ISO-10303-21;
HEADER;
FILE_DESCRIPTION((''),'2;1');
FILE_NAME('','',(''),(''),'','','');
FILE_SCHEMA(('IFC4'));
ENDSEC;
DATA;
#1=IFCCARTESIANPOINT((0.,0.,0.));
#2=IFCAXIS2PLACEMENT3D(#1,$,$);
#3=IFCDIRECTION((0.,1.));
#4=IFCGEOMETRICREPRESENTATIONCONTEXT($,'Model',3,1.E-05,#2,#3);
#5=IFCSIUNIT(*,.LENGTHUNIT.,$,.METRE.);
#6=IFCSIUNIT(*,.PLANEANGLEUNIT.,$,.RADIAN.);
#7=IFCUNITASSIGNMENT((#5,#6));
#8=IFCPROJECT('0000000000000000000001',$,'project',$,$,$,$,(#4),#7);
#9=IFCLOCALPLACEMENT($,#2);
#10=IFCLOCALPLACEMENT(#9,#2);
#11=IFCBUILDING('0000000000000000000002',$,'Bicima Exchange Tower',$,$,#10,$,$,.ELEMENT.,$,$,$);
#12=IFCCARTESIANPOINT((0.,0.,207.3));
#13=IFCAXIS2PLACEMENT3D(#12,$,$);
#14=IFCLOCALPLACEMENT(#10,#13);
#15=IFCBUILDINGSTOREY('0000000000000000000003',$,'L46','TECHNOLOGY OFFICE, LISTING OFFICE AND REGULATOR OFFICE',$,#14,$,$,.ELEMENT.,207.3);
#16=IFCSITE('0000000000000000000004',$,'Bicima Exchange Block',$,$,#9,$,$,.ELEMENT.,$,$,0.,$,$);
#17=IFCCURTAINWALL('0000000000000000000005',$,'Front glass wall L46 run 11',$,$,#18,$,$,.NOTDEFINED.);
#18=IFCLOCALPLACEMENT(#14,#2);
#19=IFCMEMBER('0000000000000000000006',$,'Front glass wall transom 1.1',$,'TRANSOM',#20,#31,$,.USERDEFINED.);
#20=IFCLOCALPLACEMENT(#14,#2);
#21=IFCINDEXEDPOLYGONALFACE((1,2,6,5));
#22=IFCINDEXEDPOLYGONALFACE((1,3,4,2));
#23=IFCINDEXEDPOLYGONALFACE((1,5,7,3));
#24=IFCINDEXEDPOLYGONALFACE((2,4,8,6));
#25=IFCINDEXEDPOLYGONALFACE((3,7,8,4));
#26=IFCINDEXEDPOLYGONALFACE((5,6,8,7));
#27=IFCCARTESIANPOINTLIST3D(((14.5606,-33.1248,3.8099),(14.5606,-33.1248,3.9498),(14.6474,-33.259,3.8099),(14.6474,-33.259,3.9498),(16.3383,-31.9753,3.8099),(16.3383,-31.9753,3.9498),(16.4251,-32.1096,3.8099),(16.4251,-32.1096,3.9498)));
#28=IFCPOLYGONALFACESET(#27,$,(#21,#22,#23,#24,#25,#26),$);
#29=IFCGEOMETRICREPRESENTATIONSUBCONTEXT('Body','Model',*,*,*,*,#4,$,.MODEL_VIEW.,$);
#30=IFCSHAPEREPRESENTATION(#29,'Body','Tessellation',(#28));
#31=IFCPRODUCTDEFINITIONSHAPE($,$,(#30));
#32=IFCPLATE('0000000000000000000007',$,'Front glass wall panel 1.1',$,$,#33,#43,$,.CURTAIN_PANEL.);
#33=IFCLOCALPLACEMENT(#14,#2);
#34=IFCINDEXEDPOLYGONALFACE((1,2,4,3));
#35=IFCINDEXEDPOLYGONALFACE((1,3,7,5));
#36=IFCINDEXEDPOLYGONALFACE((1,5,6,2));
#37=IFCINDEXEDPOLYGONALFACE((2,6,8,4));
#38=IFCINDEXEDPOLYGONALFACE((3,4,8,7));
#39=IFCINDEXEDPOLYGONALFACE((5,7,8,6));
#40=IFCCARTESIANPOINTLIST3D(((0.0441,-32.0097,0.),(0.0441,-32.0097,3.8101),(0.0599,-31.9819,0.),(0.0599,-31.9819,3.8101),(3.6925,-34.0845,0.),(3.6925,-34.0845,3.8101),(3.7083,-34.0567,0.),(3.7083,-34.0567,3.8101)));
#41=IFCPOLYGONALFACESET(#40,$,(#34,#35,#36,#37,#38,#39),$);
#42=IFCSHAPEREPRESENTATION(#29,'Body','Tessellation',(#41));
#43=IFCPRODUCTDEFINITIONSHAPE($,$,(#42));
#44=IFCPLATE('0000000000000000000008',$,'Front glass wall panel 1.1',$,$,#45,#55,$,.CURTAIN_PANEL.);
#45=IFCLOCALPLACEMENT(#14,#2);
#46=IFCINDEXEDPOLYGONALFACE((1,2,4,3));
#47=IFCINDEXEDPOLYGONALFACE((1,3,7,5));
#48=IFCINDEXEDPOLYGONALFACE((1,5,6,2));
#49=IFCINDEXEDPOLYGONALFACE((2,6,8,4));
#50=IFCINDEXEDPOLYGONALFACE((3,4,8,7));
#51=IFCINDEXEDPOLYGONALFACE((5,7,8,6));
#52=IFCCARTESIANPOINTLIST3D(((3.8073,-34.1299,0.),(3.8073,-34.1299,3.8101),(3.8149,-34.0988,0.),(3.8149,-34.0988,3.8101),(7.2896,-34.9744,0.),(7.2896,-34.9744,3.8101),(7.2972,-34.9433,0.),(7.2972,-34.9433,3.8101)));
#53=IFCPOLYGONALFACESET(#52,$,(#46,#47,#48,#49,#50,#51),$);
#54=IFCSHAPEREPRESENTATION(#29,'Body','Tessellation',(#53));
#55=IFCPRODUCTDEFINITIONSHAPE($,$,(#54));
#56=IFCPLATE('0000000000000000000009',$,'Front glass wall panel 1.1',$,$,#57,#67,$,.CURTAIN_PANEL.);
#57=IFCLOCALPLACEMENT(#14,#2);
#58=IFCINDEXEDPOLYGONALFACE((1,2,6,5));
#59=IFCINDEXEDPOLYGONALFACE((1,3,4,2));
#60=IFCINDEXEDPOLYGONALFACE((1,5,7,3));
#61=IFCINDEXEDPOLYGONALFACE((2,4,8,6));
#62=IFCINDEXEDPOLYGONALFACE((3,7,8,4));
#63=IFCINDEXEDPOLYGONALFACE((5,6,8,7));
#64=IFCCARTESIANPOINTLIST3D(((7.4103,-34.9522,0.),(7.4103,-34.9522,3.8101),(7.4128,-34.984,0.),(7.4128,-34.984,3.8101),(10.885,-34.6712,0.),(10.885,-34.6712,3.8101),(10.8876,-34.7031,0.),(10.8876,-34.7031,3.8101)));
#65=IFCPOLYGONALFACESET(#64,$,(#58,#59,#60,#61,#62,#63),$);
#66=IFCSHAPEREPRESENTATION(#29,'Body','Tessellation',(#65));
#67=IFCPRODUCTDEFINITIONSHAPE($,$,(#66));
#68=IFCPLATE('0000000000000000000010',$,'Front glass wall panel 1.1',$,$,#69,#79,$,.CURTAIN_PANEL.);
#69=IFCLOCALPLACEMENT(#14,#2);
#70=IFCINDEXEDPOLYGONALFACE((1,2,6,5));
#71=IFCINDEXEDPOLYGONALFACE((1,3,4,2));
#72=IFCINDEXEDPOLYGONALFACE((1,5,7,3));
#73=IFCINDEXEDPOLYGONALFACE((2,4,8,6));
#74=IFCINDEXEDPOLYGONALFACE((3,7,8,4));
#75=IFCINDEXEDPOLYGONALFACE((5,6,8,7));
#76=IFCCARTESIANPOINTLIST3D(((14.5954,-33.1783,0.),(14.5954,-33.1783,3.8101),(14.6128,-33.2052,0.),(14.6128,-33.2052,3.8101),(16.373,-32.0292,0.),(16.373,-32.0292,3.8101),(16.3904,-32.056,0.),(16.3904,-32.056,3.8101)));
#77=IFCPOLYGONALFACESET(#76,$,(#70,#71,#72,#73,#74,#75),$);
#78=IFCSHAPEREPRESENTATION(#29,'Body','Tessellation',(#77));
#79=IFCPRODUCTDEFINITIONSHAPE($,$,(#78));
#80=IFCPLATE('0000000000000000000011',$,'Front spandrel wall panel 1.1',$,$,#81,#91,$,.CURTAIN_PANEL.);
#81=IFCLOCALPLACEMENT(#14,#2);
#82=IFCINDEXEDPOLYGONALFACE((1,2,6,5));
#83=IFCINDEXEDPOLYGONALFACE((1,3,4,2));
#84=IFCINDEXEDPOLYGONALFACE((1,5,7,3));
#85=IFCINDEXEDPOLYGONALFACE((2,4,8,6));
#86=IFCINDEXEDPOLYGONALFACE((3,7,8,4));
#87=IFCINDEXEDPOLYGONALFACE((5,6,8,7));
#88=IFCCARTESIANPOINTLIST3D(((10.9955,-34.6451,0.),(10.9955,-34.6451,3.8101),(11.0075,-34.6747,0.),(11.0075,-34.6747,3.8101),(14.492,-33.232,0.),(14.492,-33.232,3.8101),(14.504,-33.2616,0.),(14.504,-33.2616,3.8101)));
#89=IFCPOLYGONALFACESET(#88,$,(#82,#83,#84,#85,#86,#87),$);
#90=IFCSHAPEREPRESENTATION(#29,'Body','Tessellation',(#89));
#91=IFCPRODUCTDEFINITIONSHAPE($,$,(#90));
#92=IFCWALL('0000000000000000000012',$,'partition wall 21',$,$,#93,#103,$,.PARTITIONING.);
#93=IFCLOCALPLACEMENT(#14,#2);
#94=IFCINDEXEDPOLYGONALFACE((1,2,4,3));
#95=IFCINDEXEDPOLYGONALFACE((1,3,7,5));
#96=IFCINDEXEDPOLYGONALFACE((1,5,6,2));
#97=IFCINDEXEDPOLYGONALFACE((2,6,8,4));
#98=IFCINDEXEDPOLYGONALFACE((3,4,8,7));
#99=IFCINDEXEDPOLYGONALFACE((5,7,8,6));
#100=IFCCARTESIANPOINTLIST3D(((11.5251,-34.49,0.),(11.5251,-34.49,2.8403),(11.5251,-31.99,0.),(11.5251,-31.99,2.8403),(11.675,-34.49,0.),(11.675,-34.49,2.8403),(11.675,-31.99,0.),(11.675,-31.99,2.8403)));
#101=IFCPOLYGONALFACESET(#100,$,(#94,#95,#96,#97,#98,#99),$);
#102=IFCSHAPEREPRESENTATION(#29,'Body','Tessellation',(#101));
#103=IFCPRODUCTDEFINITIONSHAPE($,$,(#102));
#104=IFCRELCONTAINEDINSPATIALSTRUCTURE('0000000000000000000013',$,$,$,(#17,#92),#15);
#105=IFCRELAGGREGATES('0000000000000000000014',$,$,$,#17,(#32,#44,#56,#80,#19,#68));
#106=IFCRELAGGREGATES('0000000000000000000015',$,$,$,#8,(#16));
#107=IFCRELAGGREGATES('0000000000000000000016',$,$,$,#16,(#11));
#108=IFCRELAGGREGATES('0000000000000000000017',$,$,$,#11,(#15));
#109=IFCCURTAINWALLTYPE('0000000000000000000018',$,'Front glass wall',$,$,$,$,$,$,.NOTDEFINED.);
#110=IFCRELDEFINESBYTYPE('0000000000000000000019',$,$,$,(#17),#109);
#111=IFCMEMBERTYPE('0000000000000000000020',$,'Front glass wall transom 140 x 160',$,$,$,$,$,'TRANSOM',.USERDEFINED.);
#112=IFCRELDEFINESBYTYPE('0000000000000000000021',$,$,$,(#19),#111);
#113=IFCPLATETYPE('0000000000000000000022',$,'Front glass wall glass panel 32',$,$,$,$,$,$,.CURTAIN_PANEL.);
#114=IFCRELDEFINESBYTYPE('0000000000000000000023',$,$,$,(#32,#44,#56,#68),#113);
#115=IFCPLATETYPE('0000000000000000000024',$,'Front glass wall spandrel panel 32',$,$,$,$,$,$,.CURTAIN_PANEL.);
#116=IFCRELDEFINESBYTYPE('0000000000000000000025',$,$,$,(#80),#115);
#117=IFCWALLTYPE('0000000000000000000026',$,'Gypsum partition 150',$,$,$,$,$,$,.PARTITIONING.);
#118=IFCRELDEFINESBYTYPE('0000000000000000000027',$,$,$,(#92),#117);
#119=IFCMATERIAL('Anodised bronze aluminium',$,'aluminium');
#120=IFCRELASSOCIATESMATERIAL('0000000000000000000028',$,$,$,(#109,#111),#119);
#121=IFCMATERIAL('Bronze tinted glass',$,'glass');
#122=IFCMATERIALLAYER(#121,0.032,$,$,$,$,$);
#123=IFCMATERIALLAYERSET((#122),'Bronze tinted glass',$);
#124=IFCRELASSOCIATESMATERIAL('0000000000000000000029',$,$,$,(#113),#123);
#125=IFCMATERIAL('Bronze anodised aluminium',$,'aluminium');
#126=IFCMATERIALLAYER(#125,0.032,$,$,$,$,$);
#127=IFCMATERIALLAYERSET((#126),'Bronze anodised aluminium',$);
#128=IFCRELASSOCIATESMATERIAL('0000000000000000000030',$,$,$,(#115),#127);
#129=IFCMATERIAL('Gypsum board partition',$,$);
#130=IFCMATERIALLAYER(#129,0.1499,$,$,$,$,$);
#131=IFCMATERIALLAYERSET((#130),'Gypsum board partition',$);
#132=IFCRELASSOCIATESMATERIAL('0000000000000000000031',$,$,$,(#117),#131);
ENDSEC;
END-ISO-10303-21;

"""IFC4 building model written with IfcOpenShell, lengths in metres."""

from ifc_helpers import new_model, si_unit, direction, frame, frame_2d, origin, origin_2d, place, context, subcontext, project, spatial, rectangle, extrude, material, layer, layer_set, material_profile, profile_set, type_object, element, aggregate, save


model = new_model("IFC4")

# Units and contexts
model_context = context("Model", 3, precision=1e-05, world=origin(), true_north=direction((0.0, 1.0)))
body_context = subcontext(model_context, "Body", "Model", "MODEL_VIEW")
ifc_project = project(units=[si_unit("LENGTHUNIT", "METRE"), si_unit("PLANEANGLEUNIT", "RADIAN")], contexts=[model_context])

# Site, building, storey
site_placement = place(None, origin())
site = spatial("IfcSite", under=ifc_project, at=site_placement, Name="Bicima Exchange Block", CompositionType="ELEMENT", RefElevation=0.0)
building_placement = place(site_placement, origin())
building = spatial("IfcBuilding", under=site, at=building_placement, Name="Bicima Exchange Tower", CompositionType="ELEMENT")
storey_placement = place(building_placement, frame((0.0, 0.0, 207.3)))
storey = spatial("IfcBuildingStorey", under=building, at=storey_placement, Name="L46", Description="TECHNOLOGY OFFICE, LISTING OFFICE AND REGULATOR OFFICE", CompositionType="ELEMENT", Elevation=207.3)

# Curtain wall, member, plates
ifc_material_1 = material(Name="Anodised bronze aluminium", Category="aluminium")
curtain_wall_type = type_object("IfcCurtainWallType", Name="Front glass wall", PredefinedType="NOTDEFINED", material=ifc_material_1)
curtain_wall_placement = place(storey_placement, origin())
curtain_wall = element("IfcCurtainWall", 1, at=curtain_wall_placement, inside=storey, type_object=curtain_wall_type, Name="Front glass wall L46 run 11", PredefinedType="NOTDEFINED")
ifc_material_profile_1 = material_profile(ifc_material_1, rectangle(XDim=0.1599, YDim=0.1399, at=origin_2d()))
ifc_profile_set_1 = profile_set([ifc_material_profile_1], Name="Anodised bronze aluminium")
member_type_1 = type_object("IfcMemberType", Name="Front glass wall transom 140 x 160", ElementType="TRANSOM", PredefinedType="USERDEFINED", material=ifc_profile_set_1)
member_1_placement = place(storey_placement, frame((14.604, -33.1919, 3.8799), z_axis=(0.83974, 0.542988, 0.0), x_axis=(-0.542988, 0.83974, 0.0)))
member_1 = element("IfcMember", 2, at=member_1_placement, type_object=member_type_1, Name="Front glass wall transom 1.1", ObjectType="TRANSOM", PredefinedType="USERDEFINED", context=body_context, shape_type="SweptSolid", body=[
    extrude(rectangle(XDim=0.1599, YDim=0.1399, at=origin_2d()), origin(), (0.0, 0.0, 1.0), 2.1169),
])
ifc_material_2 = material(Name="Bronze tinted glass", Category="glass")
ifc_layer_1 = layer(ifc_material_2, 0.032)
ifc_layer_set_1 = layer_set([ifc_layer_1], Name="Bronze tinted glass")
plate_type_1 = type_object("IfcPlateType", Name="Front glass wall glass panel 32", PredefinedType="CURTAIN_PANEL", material=ifc_layer_set_1)
plate_1_placement = place(storey_placement, frame((1.8762, -33.0332, 0.0), z_axis=(0.0, 0.0, 1.0), x_axis=(0.869274, -0.49433, 0.0)))
plate_1 = element("IfcPlate", 3, at=plate_1_placement, type_object=plate_type_1, Name="Front glass wall panel 1.1", PredefinedType="CURTAIN_PANEL", context=body_context, shape_type="SweptSolid", body=[
    extrude(rectangle(XDim=4.197, YDim=0.032, at=origin_2d()), origin(), (0.0, 0.0, 1.0), 3.8101),
])
plate_2_placement = place(storey_placement, frame((5.5522, -34.5366, 0.0), z_axis=(0.0, 0.0, 1.0), x_axis=(0.97183, -0.235682, 0.0)))
plate_2 = element("IfcPlate", 4, at=plate_2_placement, type_object=plate_type_1, Name="Front glass wall panel 1.1", PredefinedType="CURTAIN_PANEL", context=body_context, shape_type="SweptSolid", body=[
    extrude(rectangle(XDim=3.5833, YDim=0.032, at=origin_2d()), origin(), (0.0, 0.0, 1.0), 3.8101),
])
plate_3_placement = place(storey_placement, frame((9.1489, -34.8276, 0.0), z_axis=(0.0, 0.0, 1.0), x_axis=(0.996747, 0.080589, 0.0)))
plate_3 = element("IfcPlate", 5, at=plate_3_placement, type_object=plate_type_1, Name="Front glass wall panel 1.1", PredefinedType="CURTAIN_PANEL", context=body_context, shape_type="SweptSolid", body=[
    extrude(rectangle(XDim=3.4861, YDim=0.032, at=origin_2d()), origin(), (0.0, 0.0, 1.0), 3.8101),
])
plate_4_placement = place(storey_placement, frame((15.4929, -32.6172, 0.0), z_axis=(0.0, 0.0, 1.0), x_axis=(0.839791, 0.542909, 0.0)))
plate_4 = element("IfcPlate", 6, at=plate_4_placement, type_object=plate_type_1, Name="Front glass wall panel 1.1", PredefinedType="CURTAIN_PANEL", context=body_context, shape_type="SweptSolid", body=[
    extrude(rectangle(XDim=2.1167, YDim=0.032, at=origin_2d()), origin(), (0.0, 0.0, 1.0), 3.8101),
])
ifc_material_3 = material(Name="Bronze anodised aluminium", Category="aluminium")
ifc_layer_2 = layer(ifc_material_3, 0.032)
ifc_layer_set_2 = layer_set([ifc_layer_2], Name="Bronze anodised aluminium")
plate_type_2 = type_object("IfcPlateType", Name="Front glass wall spandrel panel 32", PredefinedType="CURTAIN_PANEL", material=ifc_layer_set_2)
plate_5_placement = place(storey_placement, frame((12.7498, -33.9534, 0.0), z_axis=(0.0, 0.0, 1.0), x_axis=(0.927144, 0.374705, 0.0)))
plate_5 = element("IfcPlate", 7, at=plate_5_placement, type_object=plate_type_2, Name="Front spandrel wall panel 1.1", PredefinedType="CURTAIN_PANEL", context=body_context, shape_type="SweptSolid", body=[
    extrude(rectangle(XDim=3.7712, YDim=0.032, at=origin_2d()), origin(), (0.0, 0.0, 1.0), 3.8101),
])
aggregate(curtain_wall, [plate_1, plate_2, plate_3, plate_5, member_1, plate_4])

# Wall
ifc_material_4 = material(Name="Gypsum board partition")
ifc_layer_3 = layer(ifc_material_4, 0.1499)
ifc_layer_set_3 = layer_set([ifc_layer_3], Name="Gypsum board partition")
wall_type = type_object("IfcWallType", Name="Gypsum partition 150", PredefinedType="PARTITIONING", material=ifc_layer_set_3)
wall_placement = place(storey_placement, frame((11.6001, -34.49, 0.0), z_axis=(0.0, 0.0, 1.0), x_axis=(0.0, 1.0, 0.0)))
element("IfcWall", 8, at=wall_placement, inside=storey, type_object=wall_type, Name="partition wall 21", PredefinedType="PARTITIONING", context=body_context, shape_type="SweptSolid", body=[
    extrude(rectangle(XDim=2.5, YDim=0.1499, at=frame_2d((1.25, 0.0))), origin(), (0.0, 0.0, 1.0), 2.8403),
])

save(model, "model.ifc")
